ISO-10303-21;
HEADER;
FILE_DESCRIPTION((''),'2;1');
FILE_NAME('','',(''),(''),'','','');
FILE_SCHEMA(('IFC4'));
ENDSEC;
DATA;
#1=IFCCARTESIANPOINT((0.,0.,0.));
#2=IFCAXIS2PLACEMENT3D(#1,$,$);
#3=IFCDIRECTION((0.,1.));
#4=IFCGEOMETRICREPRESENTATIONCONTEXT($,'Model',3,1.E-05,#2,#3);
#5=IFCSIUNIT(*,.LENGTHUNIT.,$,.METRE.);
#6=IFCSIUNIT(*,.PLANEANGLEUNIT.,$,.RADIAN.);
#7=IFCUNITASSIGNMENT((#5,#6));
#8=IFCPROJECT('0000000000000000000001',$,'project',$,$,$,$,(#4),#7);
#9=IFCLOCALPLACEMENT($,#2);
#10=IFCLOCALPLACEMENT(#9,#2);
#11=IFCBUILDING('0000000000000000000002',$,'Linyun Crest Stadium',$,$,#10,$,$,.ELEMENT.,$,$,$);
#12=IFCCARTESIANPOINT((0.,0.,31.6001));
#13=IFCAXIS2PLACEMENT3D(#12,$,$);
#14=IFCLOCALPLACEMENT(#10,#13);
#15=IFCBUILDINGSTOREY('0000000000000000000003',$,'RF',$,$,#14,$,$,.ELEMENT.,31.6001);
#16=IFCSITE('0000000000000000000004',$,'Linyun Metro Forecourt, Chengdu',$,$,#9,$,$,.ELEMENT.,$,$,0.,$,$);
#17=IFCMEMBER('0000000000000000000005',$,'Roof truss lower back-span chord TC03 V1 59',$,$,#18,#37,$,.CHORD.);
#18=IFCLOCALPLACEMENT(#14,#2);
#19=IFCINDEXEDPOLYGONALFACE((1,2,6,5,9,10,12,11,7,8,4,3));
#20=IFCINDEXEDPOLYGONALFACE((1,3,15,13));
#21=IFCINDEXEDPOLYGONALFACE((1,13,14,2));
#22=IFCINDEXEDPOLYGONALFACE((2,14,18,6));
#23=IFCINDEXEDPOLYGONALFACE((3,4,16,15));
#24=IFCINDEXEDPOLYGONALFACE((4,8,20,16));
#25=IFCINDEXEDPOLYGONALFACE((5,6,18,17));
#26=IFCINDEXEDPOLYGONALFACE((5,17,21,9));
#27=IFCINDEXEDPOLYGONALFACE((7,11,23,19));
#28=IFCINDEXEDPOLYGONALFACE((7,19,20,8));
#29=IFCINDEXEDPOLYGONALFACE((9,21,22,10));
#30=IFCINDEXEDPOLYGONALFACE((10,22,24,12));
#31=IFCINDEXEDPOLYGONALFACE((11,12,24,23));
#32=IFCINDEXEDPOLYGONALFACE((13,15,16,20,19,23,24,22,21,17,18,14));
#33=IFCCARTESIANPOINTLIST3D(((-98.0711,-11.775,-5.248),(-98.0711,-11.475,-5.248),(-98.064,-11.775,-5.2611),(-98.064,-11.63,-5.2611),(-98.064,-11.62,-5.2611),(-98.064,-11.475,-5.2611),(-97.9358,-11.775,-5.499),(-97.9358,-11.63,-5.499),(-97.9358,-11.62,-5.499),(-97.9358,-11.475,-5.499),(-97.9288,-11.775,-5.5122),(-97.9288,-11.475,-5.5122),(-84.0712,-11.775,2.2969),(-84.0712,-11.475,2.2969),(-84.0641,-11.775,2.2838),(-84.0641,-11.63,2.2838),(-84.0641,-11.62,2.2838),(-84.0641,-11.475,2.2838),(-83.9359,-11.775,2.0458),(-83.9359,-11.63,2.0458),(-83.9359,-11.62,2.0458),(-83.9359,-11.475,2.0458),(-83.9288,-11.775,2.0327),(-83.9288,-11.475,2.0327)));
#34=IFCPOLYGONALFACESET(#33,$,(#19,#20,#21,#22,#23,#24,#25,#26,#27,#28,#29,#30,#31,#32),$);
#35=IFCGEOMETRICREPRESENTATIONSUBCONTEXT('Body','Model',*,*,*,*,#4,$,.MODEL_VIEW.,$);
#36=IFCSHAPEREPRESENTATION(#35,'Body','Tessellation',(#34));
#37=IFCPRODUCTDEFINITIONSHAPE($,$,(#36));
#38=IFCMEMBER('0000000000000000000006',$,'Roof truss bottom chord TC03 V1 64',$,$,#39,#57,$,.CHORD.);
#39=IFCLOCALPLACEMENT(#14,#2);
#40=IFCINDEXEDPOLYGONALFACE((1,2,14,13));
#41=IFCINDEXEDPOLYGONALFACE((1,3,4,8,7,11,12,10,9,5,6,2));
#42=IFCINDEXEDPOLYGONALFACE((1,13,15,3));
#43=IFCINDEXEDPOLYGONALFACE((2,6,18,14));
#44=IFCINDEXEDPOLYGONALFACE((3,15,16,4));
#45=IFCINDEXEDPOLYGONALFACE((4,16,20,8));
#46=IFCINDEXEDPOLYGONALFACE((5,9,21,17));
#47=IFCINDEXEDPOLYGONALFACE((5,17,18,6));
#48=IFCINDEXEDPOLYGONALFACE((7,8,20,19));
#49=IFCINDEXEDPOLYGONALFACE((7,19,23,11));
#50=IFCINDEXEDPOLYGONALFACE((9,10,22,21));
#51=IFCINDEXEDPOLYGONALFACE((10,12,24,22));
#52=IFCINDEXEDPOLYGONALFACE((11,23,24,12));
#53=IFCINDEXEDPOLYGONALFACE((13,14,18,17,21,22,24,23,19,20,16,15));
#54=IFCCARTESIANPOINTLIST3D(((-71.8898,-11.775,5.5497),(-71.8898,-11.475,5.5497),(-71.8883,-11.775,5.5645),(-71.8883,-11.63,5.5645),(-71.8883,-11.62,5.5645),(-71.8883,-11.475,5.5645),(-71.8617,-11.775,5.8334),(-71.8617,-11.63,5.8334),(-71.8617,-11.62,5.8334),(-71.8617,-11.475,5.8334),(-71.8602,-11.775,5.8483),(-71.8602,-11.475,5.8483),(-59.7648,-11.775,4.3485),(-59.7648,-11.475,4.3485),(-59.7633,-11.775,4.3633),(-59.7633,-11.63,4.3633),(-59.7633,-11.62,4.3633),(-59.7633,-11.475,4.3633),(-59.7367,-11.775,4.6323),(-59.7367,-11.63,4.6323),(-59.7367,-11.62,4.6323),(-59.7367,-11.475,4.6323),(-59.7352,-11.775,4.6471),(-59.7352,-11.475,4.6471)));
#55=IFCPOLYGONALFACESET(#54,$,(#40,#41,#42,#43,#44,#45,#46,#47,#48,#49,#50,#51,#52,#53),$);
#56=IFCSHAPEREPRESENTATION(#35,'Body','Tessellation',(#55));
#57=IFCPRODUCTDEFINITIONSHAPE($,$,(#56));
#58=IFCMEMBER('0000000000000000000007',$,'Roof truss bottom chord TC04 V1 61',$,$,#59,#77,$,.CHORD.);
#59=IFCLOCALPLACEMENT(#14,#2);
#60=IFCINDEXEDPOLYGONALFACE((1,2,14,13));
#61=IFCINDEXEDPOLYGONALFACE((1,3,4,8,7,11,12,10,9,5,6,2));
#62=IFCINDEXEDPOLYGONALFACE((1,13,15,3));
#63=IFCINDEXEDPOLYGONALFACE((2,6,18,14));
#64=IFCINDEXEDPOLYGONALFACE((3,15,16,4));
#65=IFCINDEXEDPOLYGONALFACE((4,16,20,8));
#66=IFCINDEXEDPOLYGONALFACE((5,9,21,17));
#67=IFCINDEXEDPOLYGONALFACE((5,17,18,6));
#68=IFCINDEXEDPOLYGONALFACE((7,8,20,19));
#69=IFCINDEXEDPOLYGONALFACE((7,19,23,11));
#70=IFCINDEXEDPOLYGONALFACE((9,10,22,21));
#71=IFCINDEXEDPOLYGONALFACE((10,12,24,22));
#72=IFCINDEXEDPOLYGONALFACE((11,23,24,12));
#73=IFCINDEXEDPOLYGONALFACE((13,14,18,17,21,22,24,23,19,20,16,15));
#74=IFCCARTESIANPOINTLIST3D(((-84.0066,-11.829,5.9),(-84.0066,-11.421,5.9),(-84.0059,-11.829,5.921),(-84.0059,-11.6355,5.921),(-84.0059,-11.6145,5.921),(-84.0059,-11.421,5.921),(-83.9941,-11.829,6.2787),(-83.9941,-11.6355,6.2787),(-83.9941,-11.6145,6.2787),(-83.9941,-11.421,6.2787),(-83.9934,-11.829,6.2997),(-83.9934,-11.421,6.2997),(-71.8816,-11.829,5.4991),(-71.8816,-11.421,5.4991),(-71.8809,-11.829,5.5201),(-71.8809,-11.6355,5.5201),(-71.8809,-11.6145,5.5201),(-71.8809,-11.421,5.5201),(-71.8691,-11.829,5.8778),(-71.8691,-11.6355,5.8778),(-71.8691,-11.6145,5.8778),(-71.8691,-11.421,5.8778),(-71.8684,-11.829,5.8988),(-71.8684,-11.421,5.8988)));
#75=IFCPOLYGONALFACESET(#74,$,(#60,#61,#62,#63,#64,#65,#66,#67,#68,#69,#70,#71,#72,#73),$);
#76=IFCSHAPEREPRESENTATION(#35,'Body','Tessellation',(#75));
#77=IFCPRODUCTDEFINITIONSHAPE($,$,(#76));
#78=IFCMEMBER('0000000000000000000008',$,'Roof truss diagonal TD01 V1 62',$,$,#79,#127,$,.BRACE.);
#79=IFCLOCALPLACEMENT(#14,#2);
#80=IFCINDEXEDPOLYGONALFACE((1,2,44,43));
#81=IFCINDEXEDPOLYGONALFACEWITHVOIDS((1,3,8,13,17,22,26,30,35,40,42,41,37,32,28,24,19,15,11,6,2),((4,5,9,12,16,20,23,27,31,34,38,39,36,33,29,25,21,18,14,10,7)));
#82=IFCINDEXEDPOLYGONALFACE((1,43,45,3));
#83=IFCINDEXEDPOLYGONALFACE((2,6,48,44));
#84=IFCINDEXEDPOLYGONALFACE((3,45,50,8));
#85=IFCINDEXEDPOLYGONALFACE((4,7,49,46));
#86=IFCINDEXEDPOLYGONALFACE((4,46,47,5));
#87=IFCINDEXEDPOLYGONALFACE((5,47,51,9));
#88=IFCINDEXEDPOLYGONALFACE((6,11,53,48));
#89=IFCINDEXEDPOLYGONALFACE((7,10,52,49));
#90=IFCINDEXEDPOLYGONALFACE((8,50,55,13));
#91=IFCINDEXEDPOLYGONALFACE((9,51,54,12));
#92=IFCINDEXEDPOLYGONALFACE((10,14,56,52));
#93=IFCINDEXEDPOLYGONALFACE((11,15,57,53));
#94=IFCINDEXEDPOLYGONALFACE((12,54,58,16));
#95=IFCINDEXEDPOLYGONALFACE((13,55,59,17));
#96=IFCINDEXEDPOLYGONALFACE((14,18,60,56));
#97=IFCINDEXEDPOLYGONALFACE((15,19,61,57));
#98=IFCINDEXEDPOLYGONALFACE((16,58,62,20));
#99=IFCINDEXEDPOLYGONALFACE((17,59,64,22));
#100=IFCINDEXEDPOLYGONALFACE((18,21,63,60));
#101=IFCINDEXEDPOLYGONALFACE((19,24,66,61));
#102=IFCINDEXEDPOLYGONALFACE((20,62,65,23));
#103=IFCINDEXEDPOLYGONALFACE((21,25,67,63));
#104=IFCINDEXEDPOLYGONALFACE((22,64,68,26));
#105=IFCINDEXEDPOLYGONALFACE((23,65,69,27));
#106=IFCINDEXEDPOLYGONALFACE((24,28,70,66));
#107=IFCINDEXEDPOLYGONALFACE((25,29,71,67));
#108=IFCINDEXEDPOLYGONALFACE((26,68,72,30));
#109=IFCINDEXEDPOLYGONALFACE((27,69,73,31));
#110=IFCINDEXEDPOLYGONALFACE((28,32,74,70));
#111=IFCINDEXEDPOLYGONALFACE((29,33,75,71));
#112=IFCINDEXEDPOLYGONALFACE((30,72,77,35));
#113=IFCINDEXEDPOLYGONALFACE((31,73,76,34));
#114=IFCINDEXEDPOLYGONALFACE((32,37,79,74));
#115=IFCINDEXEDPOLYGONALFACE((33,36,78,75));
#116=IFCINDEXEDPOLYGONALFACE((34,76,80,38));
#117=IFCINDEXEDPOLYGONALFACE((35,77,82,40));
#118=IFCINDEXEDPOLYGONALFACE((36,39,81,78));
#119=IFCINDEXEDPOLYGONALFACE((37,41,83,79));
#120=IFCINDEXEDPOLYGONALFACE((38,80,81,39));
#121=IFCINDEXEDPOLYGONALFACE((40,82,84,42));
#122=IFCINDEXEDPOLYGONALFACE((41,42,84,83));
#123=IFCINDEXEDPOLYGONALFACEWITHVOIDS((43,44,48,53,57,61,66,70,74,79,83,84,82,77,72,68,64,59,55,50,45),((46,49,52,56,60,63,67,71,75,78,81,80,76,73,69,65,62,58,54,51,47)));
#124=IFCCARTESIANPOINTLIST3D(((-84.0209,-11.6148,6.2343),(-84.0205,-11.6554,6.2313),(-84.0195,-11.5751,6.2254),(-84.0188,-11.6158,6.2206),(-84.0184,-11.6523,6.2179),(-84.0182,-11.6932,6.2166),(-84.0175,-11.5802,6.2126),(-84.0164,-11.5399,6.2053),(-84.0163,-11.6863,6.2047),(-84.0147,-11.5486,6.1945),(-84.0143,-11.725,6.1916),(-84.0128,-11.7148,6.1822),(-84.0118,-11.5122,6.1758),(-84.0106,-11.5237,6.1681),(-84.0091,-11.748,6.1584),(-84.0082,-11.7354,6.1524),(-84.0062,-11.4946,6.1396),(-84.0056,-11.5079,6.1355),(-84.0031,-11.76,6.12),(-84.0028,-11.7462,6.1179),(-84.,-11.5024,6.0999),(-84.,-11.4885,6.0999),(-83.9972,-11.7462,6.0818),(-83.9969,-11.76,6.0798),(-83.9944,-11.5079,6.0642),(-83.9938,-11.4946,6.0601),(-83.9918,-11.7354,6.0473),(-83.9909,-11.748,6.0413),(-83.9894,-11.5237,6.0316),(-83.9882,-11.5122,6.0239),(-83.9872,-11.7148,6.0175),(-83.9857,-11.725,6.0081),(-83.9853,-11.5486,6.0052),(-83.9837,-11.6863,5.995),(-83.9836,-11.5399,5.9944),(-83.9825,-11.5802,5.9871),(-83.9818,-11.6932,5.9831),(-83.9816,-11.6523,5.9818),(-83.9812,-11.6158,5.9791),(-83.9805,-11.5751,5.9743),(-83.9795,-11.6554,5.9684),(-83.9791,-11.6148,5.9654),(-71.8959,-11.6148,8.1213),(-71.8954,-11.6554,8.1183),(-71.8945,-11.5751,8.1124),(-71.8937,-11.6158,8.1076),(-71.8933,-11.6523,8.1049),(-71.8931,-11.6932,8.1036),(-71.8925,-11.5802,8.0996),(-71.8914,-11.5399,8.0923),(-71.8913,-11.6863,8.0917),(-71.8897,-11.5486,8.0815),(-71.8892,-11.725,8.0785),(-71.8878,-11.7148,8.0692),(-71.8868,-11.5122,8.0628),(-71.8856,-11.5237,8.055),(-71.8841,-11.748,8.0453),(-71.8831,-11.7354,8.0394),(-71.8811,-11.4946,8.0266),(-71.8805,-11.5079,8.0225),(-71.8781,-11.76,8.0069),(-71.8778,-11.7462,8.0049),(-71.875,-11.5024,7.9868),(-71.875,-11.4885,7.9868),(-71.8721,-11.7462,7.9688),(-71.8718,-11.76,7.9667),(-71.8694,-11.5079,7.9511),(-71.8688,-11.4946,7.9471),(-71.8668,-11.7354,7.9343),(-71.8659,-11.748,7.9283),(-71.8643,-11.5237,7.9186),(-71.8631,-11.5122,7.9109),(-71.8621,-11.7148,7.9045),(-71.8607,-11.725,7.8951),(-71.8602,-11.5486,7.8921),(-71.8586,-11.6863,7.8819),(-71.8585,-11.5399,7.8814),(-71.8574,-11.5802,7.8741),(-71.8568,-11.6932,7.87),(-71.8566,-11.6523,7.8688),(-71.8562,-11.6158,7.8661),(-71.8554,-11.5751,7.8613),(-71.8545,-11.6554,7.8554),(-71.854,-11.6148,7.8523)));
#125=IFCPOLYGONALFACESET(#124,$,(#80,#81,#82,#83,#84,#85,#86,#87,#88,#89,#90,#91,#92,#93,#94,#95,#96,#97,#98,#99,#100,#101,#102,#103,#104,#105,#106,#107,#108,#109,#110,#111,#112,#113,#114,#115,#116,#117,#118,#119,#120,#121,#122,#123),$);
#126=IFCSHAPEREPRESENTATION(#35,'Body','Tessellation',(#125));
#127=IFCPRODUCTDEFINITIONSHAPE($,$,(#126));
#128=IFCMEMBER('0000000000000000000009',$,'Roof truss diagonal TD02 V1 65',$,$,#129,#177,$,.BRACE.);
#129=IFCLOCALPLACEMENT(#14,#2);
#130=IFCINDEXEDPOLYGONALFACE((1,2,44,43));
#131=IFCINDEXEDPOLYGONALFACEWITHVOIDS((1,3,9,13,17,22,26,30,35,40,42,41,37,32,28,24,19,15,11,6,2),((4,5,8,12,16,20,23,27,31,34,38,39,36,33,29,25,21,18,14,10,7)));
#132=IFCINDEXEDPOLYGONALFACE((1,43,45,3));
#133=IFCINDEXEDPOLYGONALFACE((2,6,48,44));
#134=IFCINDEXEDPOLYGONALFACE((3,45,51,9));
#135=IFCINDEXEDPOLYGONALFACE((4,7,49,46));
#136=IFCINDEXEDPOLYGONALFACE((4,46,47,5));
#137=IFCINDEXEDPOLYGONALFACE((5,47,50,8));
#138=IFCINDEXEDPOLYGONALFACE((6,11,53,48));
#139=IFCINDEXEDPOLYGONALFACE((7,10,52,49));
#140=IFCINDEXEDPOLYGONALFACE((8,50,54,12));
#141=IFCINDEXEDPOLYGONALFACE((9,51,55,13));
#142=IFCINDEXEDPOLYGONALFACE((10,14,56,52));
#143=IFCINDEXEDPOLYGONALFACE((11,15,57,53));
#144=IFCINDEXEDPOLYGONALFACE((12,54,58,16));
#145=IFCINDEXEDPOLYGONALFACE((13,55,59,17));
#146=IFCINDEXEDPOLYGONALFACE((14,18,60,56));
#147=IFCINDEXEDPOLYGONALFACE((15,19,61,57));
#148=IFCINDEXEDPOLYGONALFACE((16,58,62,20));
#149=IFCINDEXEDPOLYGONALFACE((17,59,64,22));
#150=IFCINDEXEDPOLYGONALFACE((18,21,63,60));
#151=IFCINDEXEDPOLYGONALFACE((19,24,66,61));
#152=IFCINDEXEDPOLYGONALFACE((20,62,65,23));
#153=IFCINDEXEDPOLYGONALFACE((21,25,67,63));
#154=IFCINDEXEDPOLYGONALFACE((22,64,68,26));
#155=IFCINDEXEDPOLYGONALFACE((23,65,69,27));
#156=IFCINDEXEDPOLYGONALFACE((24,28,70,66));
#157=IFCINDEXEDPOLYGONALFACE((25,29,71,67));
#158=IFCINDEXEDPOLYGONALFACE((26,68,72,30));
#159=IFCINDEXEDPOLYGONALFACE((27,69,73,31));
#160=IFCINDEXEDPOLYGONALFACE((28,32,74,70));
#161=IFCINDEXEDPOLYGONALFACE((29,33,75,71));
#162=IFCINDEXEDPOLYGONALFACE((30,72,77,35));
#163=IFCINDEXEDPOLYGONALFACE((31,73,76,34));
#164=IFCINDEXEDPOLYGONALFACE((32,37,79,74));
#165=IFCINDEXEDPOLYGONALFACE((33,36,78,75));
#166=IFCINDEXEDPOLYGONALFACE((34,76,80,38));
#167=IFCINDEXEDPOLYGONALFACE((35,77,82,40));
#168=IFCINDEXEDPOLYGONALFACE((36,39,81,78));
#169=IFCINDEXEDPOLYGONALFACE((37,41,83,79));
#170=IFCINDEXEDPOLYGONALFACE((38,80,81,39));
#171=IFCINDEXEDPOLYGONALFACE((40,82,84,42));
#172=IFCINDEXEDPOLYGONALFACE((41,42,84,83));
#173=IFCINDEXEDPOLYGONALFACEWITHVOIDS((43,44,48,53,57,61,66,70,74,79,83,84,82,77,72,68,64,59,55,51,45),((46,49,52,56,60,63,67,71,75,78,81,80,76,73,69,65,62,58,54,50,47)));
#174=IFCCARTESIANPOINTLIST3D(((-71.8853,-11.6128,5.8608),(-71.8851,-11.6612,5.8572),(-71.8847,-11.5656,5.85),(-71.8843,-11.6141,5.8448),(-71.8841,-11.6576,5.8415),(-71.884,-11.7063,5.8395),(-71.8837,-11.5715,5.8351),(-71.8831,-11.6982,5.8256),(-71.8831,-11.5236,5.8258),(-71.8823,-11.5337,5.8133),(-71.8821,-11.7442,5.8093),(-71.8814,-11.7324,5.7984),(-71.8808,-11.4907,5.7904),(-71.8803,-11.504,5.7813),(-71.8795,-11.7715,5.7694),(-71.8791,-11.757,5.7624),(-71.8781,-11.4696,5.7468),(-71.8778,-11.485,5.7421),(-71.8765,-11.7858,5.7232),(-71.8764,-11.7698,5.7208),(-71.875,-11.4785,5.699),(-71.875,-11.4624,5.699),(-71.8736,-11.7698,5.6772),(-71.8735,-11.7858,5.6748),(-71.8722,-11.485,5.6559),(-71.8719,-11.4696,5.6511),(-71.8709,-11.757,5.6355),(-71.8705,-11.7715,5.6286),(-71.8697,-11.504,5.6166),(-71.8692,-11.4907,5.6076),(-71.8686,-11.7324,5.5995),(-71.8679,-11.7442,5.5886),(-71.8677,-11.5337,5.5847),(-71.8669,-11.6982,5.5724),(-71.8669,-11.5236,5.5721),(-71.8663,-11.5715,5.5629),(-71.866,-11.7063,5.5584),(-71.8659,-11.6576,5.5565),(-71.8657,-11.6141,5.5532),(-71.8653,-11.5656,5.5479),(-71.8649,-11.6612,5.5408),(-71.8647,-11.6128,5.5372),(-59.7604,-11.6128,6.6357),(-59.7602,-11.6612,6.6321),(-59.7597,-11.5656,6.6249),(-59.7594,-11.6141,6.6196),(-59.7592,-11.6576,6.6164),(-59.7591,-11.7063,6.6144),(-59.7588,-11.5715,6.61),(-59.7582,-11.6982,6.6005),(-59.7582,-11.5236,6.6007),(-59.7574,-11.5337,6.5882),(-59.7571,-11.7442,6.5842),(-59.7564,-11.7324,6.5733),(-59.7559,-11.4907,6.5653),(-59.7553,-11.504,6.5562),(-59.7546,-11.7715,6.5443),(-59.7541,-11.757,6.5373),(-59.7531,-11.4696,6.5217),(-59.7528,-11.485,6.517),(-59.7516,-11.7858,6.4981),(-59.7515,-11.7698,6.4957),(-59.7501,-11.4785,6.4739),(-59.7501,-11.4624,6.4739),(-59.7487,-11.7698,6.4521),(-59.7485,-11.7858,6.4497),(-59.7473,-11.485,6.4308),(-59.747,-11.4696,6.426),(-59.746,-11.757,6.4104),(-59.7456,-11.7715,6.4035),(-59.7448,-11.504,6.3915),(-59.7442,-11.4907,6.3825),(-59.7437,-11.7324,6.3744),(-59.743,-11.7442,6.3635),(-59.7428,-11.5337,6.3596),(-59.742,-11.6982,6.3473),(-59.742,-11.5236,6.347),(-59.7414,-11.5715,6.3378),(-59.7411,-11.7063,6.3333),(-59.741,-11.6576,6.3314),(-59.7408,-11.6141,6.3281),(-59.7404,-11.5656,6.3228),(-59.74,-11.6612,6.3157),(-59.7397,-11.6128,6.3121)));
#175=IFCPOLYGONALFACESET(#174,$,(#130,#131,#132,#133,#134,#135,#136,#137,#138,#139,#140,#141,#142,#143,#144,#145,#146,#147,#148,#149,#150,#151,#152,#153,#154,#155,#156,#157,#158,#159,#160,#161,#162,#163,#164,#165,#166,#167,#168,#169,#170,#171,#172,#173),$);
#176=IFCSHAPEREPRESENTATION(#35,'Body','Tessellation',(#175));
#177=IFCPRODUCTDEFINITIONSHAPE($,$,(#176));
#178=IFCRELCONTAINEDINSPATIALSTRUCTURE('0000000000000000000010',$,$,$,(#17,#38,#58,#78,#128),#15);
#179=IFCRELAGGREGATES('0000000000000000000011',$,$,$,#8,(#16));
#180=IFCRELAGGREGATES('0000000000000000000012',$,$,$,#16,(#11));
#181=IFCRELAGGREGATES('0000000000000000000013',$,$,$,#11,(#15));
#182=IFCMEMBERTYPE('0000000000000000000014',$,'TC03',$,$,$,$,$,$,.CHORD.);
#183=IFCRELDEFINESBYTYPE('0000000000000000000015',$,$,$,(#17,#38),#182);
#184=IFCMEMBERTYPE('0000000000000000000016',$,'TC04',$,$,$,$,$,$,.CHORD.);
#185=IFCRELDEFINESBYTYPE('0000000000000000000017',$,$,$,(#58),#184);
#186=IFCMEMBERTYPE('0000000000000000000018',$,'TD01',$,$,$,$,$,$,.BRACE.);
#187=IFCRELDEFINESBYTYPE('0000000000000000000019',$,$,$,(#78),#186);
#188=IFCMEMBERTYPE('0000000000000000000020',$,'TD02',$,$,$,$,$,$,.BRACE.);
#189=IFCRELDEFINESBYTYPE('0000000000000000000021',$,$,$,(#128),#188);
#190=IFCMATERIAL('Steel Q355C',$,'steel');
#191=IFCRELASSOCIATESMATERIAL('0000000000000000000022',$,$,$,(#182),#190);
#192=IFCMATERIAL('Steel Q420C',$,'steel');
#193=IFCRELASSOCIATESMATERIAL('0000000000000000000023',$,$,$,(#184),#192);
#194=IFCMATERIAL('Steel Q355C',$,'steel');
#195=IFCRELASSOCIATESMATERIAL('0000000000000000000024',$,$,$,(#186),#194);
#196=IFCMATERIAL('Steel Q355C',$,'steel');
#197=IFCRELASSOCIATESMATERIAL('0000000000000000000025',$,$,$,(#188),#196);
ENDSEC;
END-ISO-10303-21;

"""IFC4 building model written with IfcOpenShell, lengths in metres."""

from ifc_helpers import new_model, si_unit, direction, frame, origin, origin_2d, place, context, subcontext, project, spatial, hollow_circle, i_section, extrude, material, material_profile, profile_set, type_object, element, save


model = new_model("IFC4")

# Units and contexts
model_context = context("Model", 3, precision=1e-05, world=origin(), true_north=direction((0.0, 1.0)))
body_context = subcontext(model_context, "Body", "Model", "MODEL_VIEW")
ifc_project = project(units=[si_unit("LENGTHUNIT", "METRE"), si_unit("PLANEANGLEUNIT", "RADIAN")], contexts=[model_context])

# Site, building, storey
site_placement = place(None, origin())
site = spatial("IfcSite", under=ifc_project, at=site_placement, Name="Linyun Metro Forecourt, Chengdu", CompositionType="ELEMENT", RefElevation=0.0)
building_placement = place(site_placement, origin())
building = spatial("IfcBuilding", under=site, at=building_placement, Name="Linyun Crest Stadium", CompositionType="ELEMENT")
storey_placement = place(building_placement, frame((0.0, 0.0, 31.6001)))
storey = spatial("IfcBuildingStorey", under=building, at=storey_placement, Name="RF", CompositionType="ELEMENT", Elevation=31.6001)

# Members
ifc_material_1 = material(Name="Steel Q355C", Category="steel")
ifc_material_profile_1 = material_profile(ifc_material_1, i_section(OverallWidth=0.3, OverallDepth=0.3, WebThickness=0.01, FlangeThickness=0.0149, at=origin_2d()), Name="HW 300x300")
ifc_profile_set_1 = profile_set([ifc_material_profile_1], Name="Steel Q355C")
member_type_1 = type_object("IfcMemberType", Name="TC03", PredefinedType="CHORD", material=ifc_profile_set_1)
member_1_placement = place(storey_placement, frame((-84.0, -11.625, 2.1648), z_axis=(-0.880301, 0.0, -0.474415), x_axis=(0.0, -1.0, 0.0)))
element("IfcMember", 1, at=member_1_placement, inside=storey, type_object=member_type_1, Name="Roof truss lower back-span chord TC03 V1 59", PredefinedType="CHORD", context=body_context, shape_type="SweptSolid", body=[
    extrude(i_section(OverallWidth=0.3, OverallDepth=0.3, WebThickness=0.01, FlangeThickness=0.0149, at=origin_2d()), origin(), (0.0, 0.0, 1.0), 15.9036),
])
member_2_placement = place(storey_placement, frame((-71.875, -11.625, 5.699), z_axis=(0.995129, 0.0, -0.098583), x_axis=(0.0, 1.0, 0.0)))
element("IfcMember", 2, at=member_2_placement, inside=storey, type_object=member_type_1, Name="Roof truss bottom chord TC03 V1 64", PredefinedType="CHORD", context=body_context, shape_type="SweptSolid", body=[
    extrude(i_section(OverallWidth=0.3, OverallDepth=0.3, WebThickness=0.01, FlangeThickness=0.0149, at=origin_2d()), origin(), (0.0, 0.0, 1.0), 12.1843),
])
ifc_material_2 = material(Name="Steel Q420C", Category="steel")
ifc_material_profile_2 = material_profile(ifc_material_2, i_section(OverallWidth=0.408, OverallDepth=0.3999, WebThickness=0.021, FlangeThickness=0.021, at=origin_2d()), Name="HW 400x408")
ifc_profile_set_2 = profile_set([ifc_material_profile_2], Name="Steel Q420C")
member_type_2 = type_object("IfcMemberType", Name="TC04", PredefinedType="CHORD", material=ifc_profile_set_2)
member_3_placement = place(storey_placement, frame((-84.0, -11.625, 6.0999), z_axis=(0.999454, 0.0, -0.033044), x_axis=(0.0, 1.0, 0.0)))
element("IfcMember", 3, at=member_3_placement, inside=storey, type_object=member_type_2, Name="Roof truss bottom chord TC04 V1 61", PredefinedType="CHORD", context=body_context, shape_type="SweptSolid", body=[
    extrude(i_section(OverallWidth=0.408, OverallDepth=0.3999, WebThickness=0.021, FlangeThickness=0.021, at=origin_2d()), origin(), (0.0, 0.0, 1.0), 12.1316),
])
ifc_material_3 = material(Name="Steel Q355C", Category="steel")
ifc_material_profile_3 = material_profile(ifc_material_3, hollow_circle(Radius=0.1365, WallThickness=0.0139, at=origin_2d()), Name="CHS 273x14")
ifc_profile_set_3 = profile_set([ifc_material_profile_3], Name="Steel Q355C")
member_type_3 = type_object("IfcMemberType", Name="TD01", PredefinedType="BRACE", material=ifc_profile_set_3)
member_4_placement = place(storey_placement, frame((-84.0, -11.625, 6.0999), z_axis=(0.988106, 0.0, 0.153775), x_axis=(0.0, 1.0, 0.0)))
element("IfcMember", 4, at=member_4_placement, inside=storey, type_object=member_type_3, Name="Roof truss diagonal TD01 V1 62", PredefinedType="BRACE", context=body_context, shape_type="SweptSolid", body=[
    extrude(hollow_circle(Radius=0.1365, WallThickness=0.0139, at=origin_2d()), origin(), (0.0, 0.0, 1.0), 12.271),
])
ifc_material_4 = material(Name="Steel Q355C", Category="steel")
ifc_material_profile_4 = material_profile(ifc_material_4, hollow_circle(Radius=0.1626, WallThickness=0.0161, at=origin_2d()), Name="CHS 325x16")
ifc_profile_set_4 = profile_set([ifc_material_profile_4], Name="Steel Q355C")
member_type_4 = type_object("IfcMemberType", Name="TD02", PredefinedType="BRACE", material=ifc_profile_set_4)
member_5_placement = place(storey_placement, frame((-71.875, -11.625, 5.699), z_axis=(0.997964, 0.0, 0.063779), x_axis=(0.0, 1.0, 0.0)))
element("IfcMember", 5, at=member_5_placement, inside=storey, type_object=member_type_4, Name="Roof truss diagonal TD02 V1 65", PredefinedType="BRACE", context=body_context, shape_type="SweptSolid", body=[
    extrude(hollow_circle(Radius=0.1626, WallThickness=0.0161, at=origin_2d()), origin(), (0.0, 0.0, 1.0), 12.1497),
])

save(model, "model.ifc")
